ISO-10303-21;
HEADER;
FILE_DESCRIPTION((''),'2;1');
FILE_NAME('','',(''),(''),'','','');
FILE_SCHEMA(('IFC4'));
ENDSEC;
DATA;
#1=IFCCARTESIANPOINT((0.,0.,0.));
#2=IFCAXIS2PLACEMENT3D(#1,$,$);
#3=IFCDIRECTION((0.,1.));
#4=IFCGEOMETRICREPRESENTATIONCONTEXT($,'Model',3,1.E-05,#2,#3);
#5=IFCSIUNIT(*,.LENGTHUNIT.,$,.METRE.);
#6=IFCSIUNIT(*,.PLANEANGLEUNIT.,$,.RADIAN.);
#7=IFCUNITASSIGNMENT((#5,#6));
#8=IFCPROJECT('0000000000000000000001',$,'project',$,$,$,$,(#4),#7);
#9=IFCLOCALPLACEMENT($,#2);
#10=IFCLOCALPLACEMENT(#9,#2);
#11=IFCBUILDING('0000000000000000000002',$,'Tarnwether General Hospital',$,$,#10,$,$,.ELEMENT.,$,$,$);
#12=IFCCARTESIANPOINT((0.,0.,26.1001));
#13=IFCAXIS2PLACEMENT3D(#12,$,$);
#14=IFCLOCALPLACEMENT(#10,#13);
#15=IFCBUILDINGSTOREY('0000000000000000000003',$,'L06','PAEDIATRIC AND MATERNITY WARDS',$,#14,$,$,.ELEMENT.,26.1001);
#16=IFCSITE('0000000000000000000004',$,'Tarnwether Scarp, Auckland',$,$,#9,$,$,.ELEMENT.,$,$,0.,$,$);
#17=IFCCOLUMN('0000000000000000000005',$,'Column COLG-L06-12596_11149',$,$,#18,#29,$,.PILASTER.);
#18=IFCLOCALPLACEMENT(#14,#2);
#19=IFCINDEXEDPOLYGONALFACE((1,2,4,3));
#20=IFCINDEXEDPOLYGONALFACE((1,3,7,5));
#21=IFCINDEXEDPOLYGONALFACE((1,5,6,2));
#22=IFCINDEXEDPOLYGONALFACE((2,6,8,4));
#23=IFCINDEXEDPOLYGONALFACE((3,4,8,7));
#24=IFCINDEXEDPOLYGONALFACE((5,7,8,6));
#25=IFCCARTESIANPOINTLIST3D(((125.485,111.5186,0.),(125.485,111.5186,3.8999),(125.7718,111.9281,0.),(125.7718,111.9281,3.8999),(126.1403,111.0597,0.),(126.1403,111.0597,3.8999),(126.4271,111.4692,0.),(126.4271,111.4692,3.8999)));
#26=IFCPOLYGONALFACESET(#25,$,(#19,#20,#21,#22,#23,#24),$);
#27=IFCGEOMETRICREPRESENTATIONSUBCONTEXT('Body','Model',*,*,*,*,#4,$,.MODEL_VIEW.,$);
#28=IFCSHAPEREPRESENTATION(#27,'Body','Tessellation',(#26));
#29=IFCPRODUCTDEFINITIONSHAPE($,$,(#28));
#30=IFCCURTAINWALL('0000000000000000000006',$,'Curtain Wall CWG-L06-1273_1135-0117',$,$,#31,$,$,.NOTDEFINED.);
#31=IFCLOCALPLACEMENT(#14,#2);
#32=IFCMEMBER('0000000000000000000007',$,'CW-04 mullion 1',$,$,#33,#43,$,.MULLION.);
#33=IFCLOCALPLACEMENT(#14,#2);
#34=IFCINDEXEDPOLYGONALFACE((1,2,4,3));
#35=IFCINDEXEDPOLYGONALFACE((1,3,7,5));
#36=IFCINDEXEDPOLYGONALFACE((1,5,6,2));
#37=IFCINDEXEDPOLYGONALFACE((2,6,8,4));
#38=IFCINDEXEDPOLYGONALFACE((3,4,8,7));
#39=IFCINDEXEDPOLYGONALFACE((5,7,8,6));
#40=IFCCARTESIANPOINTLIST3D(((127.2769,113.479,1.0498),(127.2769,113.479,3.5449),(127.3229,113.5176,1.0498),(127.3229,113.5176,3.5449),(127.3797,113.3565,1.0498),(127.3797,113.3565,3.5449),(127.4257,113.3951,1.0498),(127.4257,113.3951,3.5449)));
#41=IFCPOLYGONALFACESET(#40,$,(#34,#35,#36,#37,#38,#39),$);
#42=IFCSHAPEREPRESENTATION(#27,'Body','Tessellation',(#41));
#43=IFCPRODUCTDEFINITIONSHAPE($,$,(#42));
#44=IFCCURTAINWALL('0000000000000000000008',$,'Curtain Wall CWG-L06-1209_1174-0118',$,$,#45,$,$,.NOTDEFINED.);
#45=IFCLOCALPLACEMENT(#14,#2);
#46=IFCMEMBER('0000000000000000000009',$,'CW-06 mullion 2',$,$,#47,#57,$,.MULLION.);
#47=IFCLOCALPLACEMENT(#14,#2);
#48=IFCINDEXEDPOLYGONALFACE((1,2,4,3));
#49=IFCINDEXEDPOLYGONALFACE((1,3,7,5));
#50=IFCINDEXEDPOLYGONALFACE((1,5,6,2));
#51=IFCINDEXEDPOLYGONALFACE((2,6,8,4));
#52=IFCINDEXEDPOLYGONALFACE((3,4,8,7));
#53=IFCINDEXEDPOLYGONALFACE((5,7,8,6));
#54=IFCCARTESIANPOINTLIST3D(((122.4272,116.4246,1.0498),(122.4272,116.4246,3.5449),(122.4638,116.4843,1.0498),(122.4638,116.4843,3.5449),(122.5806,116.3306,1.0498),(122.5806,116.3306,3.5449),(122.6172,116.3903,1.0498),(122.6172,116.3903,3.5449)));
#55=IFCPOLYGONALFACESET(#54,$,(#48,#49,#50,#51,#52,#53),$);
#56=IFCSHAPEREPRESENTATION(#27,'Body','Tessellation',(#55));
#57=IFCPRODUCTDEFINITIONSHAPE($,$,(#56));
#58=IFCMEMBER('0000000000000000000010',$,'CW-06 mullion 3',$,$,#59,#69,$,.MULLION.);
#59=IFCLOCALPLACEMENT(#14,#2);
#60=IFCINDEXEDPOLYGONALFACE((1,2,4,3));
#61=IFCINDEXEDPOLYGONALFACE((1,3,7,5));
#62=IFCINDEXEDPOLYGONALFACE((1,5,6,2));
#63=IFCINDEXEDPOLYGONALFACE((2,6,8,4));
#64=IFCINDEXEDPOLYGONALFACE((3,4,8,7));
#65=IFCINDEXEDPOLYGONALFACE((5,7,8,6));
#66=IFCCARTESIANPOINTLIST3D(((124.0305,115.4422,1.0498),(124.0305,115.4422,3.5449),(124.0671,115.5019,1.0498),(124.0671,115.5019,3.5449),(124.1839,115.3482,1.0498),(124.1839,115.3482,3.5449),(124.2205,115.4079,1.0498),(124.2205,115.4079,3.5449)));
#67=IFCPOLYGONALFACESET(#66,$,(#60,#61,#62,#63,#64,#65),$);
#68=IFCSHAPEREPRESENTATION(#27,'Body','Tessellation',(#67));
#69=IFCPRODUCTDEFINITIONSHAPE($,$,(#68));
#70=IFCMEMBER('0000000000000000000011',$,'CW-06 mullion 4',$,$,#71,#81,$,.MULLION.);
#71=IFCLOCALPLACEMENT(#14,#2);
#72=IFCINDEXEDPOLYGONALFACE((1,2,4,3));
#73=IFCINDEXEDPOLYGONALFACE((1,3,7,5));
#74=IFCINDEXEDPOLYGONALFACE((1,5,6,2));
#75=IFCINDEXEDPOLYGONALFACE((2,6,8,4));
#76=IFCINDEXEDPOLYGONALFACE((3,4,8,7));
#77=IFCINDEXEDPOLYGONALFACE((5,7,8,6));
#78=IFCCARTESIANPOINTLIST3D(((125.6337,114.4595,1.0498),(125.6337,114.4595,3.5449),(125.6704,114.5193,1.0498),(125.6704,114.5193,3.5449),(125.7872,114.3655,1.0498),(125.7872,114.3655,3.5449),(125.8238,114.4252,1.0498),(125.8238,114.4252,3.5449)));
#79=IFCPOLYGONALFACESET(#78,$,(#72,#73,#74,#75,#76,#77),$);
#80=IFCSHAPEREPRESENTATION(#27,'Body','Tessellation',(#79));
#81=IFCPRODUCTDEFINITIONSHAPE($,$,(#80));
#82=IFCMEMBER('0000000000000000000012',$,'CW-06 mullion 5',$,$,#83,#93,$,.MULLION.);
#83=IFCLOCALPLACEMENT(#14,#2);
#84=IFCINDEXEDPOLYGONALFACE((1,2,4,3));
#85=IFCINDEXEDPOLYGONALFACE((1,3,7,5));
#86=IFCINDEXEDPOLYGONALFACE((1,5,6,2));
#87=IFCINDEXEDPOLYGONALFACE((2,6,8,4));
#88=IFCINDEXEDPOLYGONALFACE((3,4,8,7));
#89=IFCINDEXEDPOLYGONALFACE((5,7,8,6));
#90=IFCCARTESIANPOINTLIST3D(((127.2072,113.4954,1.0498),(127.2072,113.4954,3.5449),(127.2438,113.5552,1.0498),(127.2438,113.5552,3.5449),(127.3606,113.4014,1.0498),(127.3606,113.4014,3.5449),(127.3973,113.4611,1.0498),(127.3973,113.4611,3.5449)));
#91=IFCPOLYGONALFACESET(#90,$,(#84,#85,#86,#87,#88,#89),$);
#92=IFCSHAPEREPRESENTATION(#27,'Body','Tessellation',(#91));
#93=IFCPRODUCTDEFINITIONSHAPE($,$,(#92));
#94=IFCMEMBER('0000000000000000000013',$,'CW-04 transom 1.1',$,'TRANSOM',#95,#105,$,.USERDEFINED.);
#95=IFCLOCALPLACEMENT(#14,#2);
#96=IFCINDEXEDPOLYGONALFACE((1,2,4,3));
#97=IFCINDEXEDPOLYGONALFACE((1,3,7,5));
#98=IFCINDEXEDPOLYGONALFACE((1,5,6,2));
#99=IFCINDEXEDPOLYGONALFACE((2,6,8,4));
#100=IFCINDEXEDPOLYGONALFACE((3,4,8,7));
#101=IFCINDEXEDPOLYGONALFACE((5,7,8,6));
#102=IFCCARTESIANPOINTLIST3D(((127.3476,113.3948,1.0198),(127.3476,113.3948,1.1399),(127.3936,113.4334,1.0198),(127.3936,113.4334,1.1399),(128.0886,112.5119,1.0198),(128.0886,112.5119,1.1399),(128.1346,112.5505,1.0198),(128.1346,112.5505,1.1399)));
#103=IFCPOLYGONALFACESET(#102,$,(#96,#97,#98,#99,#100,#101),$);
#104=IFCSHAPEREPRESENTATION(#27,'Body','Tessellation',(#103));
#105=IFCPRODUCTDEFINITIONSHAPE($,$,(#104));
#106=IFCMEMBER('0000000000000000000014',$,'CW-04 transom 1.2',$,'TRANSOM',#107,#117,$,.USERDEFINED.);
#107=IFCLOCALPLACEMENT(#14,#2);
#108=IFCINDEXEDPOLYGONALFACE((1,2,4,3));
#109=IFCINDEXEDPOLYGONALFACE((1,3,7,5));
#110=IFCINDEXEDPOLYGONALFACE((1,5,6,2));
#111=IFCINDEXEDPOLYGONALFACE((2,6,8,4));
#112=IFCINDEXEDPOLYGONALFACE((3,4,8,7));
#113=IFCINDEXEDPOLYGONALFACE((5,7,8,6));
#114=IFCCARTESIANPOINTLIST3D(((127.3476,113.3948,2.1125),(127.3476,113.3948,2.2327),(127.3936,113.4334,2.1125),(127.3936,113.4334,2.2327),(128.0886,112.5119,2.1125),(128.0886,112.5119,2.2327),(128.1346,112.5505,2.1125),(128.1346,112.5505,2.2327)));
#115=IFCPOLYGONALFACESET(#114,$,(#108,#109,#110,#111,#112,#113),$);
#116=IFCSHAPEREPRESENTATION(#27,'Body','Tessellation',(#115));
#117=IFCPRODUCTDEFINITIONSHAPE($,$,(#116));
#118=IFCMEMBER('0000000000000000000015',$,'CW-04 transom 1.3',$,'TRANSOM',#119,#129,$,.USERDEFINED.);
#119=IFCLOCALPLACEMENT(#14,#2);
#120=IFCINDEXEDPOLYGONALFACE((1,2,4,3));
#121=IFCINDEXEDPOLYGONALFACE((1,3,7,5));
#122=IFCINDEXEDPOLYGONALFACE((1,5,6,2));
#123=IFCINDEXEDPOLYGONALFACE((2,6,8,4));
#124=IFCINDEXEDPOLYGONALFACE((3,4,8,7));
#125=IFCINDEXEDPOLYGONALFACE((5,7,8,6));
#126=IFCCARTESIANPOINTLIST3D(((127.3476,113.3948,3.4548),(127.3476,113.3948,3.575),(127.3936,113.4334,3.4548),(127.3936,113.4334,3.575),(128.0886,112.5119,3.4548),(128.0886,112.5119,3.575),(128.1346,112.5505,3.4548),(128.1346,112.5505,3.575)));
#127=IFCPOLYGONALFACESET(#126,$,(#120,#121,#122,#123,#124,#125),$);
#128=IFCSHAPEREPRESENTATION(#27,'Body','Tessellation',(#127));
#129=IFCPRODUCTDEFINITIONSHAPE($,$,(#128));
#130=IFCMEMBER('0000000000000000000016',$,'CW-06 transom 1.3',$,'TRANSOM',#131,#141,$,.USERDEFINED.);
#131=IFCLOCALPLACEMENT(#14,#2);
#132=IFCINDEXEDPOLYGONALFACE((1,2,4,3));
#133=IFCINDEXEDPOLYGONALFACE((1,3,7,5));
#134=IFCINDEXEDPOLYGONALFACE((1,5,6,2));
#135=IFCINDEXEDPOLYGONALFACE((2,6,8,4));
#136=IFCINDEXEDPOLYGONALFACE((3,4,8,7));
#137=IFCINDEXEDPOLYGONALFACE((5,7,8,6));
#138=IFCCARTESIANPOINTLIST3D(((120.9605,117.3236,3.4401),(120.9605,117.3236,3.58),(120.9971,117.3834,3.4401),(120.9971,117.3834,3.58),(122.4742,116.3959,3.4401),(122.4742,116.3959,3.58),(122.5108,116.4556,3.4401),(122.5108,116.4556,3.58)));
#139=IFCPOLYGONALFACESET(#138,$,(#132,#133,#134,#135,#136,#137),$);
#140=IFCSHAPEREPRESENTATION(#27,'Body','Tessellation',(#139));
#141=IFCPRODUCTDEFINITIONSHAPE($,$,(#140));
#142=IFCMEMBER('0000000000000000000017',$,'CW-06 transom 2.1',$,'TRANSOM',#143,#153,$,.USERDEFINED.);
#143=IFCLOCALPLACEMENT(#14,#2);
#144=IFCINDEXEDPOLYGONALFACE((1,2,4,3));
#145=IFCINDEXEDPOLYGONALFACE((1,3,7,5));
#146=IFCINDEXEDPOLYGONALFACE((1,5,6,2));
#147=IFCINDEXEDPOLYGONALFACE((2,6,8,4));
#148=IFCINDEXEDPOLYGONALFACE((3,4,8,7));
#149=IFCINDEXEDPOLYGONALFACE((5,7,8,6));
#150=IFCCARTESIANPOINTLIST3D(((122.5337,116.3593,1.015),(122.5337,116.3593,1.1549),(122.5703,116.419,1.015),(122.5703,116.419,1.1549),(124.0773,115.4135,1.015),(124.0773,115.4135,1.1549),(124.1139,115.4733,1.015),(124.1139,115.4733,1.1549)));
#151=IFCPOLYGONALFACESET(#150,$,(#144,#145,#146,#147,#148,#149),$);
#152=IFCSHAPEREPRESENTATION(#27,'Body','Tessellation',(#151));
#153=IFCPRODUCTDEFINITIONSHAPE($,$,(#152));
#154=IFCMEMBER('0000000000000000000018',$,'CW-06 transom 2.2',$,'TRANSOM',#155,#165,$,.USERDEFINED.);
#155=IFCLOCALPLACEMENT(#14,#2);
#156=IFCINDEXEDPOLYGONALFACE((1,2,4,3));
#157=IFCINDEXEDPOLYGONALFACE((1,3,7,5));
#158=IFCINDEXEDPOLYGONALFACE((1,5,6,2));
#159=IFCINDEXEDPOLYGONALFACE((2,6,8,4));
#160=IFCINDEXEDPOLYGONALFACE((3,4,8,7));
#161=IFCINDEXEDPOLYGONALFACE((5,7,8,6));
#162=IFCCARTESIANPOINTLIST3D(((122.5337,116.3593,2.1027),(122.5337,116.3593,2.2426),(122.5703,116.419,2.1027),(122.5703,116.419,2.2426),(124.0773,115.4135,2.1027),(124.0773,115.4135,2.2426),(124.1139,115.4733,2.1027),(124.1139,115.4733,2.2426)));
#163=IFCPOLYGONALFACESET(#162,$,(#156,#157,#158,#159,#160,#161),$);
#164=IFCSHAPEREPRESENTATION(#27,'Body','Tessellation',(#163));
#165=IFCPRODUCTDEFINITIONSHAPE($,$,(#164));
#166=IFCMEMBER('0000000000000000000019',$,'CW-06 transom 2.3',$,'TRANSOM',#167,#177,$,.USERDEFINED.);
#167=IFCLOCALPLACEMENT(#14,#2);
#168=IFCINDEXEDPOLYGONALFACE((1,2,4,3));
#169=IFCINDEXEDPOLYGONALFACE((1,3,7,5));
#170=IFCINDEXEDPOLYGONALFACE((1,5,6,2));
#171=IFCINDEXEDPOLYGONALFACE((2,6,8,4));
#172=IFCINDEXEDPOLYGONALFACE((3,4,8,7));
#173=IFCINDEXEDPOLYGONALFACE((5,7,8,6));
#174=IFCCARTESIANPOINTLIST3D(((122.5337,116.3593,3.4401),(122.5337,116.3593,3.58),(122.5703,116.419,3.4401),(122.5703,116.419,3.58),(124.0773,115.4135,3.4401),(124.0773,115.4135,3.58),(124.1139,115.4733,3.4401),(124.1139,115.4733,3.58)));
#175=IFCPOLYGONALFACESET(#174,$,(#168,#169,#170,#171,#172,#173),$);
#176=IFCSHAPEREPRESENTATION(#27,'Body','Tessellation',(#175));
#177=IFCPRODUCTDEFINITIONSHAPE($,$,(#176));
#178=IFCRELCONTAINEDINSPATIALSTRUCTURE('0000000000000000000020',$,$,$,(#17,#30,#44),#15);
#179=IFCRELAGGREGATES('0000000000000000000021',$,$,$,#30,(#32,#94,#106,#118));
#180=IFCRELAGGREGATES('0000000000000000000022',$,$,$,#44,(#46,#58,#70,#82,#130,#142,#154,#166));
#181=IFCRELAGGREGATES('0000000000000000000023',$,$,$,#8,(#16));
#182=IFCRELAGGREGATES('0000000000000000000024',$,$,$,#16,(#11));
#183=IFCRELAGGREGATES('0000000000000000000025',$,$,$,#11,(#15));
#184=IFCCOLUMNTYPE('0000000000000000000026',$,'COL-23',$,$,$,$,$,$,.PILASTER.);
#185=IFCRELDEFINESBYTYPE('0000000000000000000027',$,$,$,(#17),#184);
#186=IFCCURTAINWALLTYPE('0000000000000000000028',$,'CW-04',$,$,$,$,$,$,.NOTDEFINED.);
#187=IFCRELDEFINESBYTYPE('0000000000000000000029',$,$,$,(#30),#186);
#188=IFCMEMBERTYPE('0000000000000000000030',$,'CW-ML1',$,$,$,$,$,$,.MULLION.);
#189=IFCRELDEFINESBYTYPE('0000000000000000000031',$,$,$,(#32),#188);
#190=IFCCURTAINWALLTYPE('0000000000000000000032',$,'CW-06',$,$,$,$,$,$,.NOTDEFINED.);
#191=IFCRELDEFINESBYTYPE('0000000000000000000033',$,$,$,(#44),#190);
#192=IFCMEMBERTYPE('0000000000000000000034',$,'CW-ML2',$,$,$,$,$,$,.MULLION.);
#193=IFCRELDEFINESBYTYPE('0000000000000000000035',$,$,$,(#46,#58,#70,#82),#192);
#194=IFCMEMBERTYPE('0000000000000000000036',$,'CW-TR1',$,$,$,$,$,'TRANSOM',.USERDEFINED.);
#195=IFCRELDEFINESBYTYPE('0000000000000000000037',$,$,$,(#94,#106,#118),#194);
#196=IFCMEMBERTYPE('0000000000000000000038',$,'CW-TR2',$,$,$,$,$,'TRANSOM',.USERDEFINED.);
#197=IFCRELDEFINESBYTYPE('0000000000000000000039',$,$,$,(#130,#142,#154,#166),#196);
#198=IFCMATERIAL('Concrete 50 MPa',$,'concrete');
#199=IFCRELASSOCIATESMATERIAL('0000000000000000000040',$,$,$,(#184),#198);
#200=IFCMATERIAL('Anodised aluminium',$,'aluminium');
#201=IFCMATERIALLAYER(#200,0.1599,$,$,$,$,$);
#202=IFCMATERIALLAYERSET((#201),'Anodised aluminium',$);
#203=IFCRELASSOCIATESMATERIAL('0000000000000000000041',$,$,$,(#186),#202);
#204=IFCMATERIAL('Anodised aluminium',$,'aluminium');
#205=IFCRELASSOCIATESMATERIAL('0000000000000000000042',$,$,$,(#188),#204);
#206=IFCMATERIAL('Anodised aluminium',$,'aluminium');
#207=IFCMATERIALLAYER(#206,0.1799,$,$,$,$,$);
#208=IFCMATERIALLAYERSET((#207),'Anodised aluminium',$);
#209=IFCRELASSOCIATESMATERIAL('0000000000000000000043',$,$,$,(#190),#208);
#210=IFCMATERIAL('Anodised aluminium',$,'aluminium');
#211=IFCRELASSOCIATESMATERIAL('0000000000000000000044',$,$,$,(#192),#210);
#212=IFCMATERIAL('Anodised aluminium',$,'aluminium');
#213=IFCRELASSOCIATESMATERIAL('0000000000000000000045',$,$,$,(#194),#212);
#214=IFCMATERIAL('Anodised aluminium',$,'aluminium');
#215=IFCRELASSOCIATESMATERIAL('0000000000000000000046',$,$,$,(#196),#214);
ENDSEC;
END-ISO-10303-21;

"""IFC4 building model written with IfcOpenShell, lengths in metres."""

from ifc_helpers import new_model, si_unit, direction, frame, origin, origin_2d, place, context, subcontext, project, spatial, rectangle, extrude, material, layer, layer_set, material_profile, profile_set, type_object, element, aggregate, save


model = new_model("IFC4")

# Units and contexts
model_context = context("Model", 3, precision=1e-05, world=origin(), true_north=direction((0.0, 1.0)))
body_context = subcontext(model_context, "Body", "Model", "MODEL_VIEW")
ifc_project = project(units=[si_unit("LENGTHUNIT", "METRE"), si_unit("PLANEANGLEUNIT", "RADIAN")], contexts=[model_context])

# Site, building, storey
site_placement = place(None, origin())
site = spatial("IfcSite", under=ifc_project, at=site_placement, Name="Tarnwether Scarp, Auckland", CompositionType="ELEMENT", RefElevation=0.0)
building_placement = place(site_placement, origin())
building = spatial("IfcBuilding", under=site, at=building_placement, Name="Tarnwether General Hospital", CompositionType="ELEMENT")
storey_placement = place(building_placement, frame((0.0, 0.0, 26.1001)))
storey = spatial("IfcBuildingStorey", under=building, at=storey_placement, Name="L06", Description="PAEDIATRIC AND MATERNITY WARDS", CompositionType="ELEMENT", Elevation=26.1001)

# Column
ifc_material_1 = material(Name="Concrete 50 MPa", Category="concrete")
ifc_material_profile_1 = material_profile(ifc_material_1, rectangle(XDim=0.5, YDim=0.8, at=origin_2d()), Name="RC-PIL-500x800")
ifc_profile_set_1 = profile_set([ifc_material_profile_1], Name="Concrete 50 MPa")
column_type = type_object("IfcColumnType", Name="COL-23", PredefinedType="PILASTER", material=ifc_profile_set_1)
column_placement = place(storey_placement, frame((125.9561, 111.4939, 0.0), z_axis=(0.0, 0.0, 1.0), x_axis=(0.573576, 0.819152, 0.0)))
element("IfcColumn", 1, at=column_placement, inside=storey, type_object=column_type, Name="Column COLG-L06-12596_11149", PredefinedType="PILASTER", context=body_context, shape_type="SweptSolid", body=[
    extrude(rectangle(XDim=0.5, YDim=0.8, at=origin_2d()), origin(), (0.0, 0.0, 1.0), 3.8999),
])

# Curtain wall, member
ifc_material_2 = material(Name="Anodised aluminium", Category="aluminium")
ifc_layer_1 = layer(ifc_material_2, 0.1599)
ifc_layer_set_1 = layer_set([ifc_layer_1], Name="Anodised aluminium")
curtain_wall_type_1 = type_object("IfcCurtainWallType", Name="CW-04", PredefinedType="NOTDEFINED", material=ifc_layer_set_1)
curtain_wall_1_placement = place(storey_placement, origin())
curtain_wall_1 = element("IfcCurtainWall", 2, at=curtain_wall_1_placement, inside=storey, type_object=curtain_wall_type_1, Name="Curtain Wall CWG-L06-1273_1135-0117", PredefinedType="NOTDEFINED")
ifc_material_3 = material(Name="Anodised aluminium", Category="aluminium")
ifc_material_profile_2 = material_profile(ifc_material_3, rectangle(XDim=0.0601, YDim=0.1599, at=origin_2d()), Name="ALU-MUL-60x160")
ifc_profile_set_2 = profile_set([ifc_material_profile_2], Name="Anodised aluminium")
member_type_1 = type_object("IfcMemberType", Name="CW-ML1", PredefinedType="MULLION", material=ifc_profile_set_2)
member_1_placement = place(storey_placement, frame((127.3513, 113.437, 1.0498), z_axis=(0.0, 0.0, 1.0), x_axis=(0.76599, 0.642852, 0.0)))
member_1 = element("IfcMember", 3, at=member_1_placement, type_object=member_type_1, Name="CW-04 mullion 1", PredefinedType="MULLION", context=body_context, shape_type="SweptSolid", body=[
    extrude(rectangle(XDim=0.0601, YDim=0.1599, at=origin_2d()), origin(), (0.0, 0.0, 1.0), 2.4951),
])

# Curtain wall, members
ifc_material_4 = material(Name="Anodised aluminium", Category="aluminium")
ifc_layer_2 = layer(ifc_material_4, 0.1799)
ifc_layer_set_2 = layer_set([ifc_layer_2], Name="Anodised aluminium")
curtain_wall_type_2 = type_object("IfcCurtainWallType", Name="CW-06", PredefinedType="NOTDEFINED", material=ifc_layer_set_2)
curtain_wall_2_placement = place(storey_placement, origin())
curtain_wall_2 = element("IfcCurtainWall", 4, at=curtain_wall_2_placement, inside=storey, type_object=curtain_wall_type_2, Name="Curtain Wall CWG-L06-1209_1174-0118", PredefinedType="NOTDEFINED")
ifc_material_5 = material(Name="Anodised aluminium", Category="aluminium")
ifc_material_profile_3 = material_profile(ifc_material_5, rectangle(XDim=0.0701, YDim=0.1799, at=origin_2d()), Name="ALU-MUL-70x180")
ifc_profile_set_3 = profile_set([ifc_material_profile_3], Name="Anodised aluminium")
member_type_2 = type_object("IfcMemberType", Name="CW-ML2", PredefinedType="MULLION", material=ifc_profile_set_3)
member_2_placement = place(storey_placement, frame((122.5222, 116.4075, 1.0498), z_axis=(0.0, 0.0, 1.0), x_axis=(0.522509, 0.852634, 0.0)))
member_2 = element("IfcMember", 5, at=member_2_placement, type_object=member_type_2, Name="CW-06 mullion 2", PredefinedType="MULLION", context=body_context, shape_type="SweptSolid", body=[
    extrude(rectangle(XDim=0.0701, YDim=0.1799, at=origin_2d()), origin(), (0.0, 0.0, 1.0), 2.4951),
])
member_3_placement = place(storey_placement, frame((124.1255, 115.425, 1.0498), z_axis=(0.0, 0.0, 1.0), x_axis=(0.522509, 0.852634, 0.0)))
member_3 = element("IfcMember", 6, at=member_3_placement, type_object=member_type_2, Name="CW-06 mullion 3", PredefinedType="MULLION", context=body_context, shape_type="SweptSolid", body=[
    extrude(rectangle(XDim=0.0701, YDim=0.1799, at=origin_2d()), origin(), (0.0, 0.0, 1.0), 2.4951),
])
member_4_placement = place(storey_placement, frame((125.7288, 114.4424, 1.0498), z_axis=(0.0, 0.0, 1.0), x_axis=(0.522509, 0.852634, 0.0)))
member_4 = element("IfcMember", 7, at=member_4_placement, type_object=member_type_2, Name="CW-06 mullion 4", PredefinedType="MULLION", context=body_context, shape_type="SweptSolid", body=[
    extrude(rectangle(XDim=0.0701, YDim=0.1799, at=origin_2d()), origin(), (0.0, 0.0, 1.0), 2.4951),
])
member_5_placement = place(storey_placement, frame((127.3022, 113.4783, 1.0498), z_axis=(0.0, 0.0, 1.0), x_axis=(0.522509, 0.852634, 0.0)))
member_5 = element("IfcMember", 8, at=member_5_placement, type_object=member_type_2, Name="CW-06 mullion 5", PredefinedType="MULLION", context=body_context, shape_type="SweptSolid", body=[
    extrude(rectangle(XDim=0.0701, YDim=0.1799, at=origin_2d()), origin(), (0.0, 0.0, 1.0), 2.4951),
])

# Members
ifc_material_6 = material(Name="Anodised aluminium", Category="aluminium")
ifc_material_profile_4 = material_profile(ifc_material_6, rectangle(XDim=0.0601, YDim=0.1201, at=origin_2d()), Name="ALU-TRN-60x120")
ifc_profile_set_4 = profile_set([ifc_material_profile_4], Name="Anodised aluminium")
member_type_3 = type_object("IfcMemberType", Name="CW-TR1", ElementType="TRANSOM", PredefinedType="USERDEFINED", material=ifc_profile_set_4)
member_6_placement = place(storey_placement, frame((127.3706, 113.4141, 1.0798), z_axis=(0.642889, -0.765959, 0.0), x_axis=(0.765959, 0.642889, 0.0)))
member_6 = element("IfcMember", 9, at=member_6_placement, type_object=member_type_3, Name="CW-04 transom 1.1", ObjectType="TRANSOM", PredefinedType="USERDEFINED", context=body_context, shape_type="SweptSolid", body=[
    extrude(rectangle(XDim=0.0601, YDim=0.1201, at=origin_2d()), origin(), (0.0, 0.0, 1.0), 1.1526),
])
member_7_placement = place(storey_placement, frame((127.3706, 113.4141, 2.1726), z_axis=(0.642889, -0.765959, 0.0), x_axis=(0.765959, 0.642889, 0.0)))
member_7 = element("IfcMember", 10, at=member_7_placement, type_object=member_type_3, Name="CW-04 transom 1.2", ObjectType="TRANSOM", PredefinedType="USERDEFINED", context=body_context, shape_type="SweptSolid", body=[
    extrude(rectangle(XDim=0.0601, YDim=0.1201, at=origin_2d()), origin(), (0.0, 0.0, 1.0), 1.1526),
])
member_8_placement = place(storey_placement, frame((127.3706, 113.4141, 3.5149), z_axis=(0.642889, -0.765959, 0.0), x_axis=(0.765959, 0.642889, 0.0)))
member_8 = element("IfcMember", 11, at=member_8_placement, type_object=member_type_3, Name="CW-04 transom 1.3", ObjectType="TRANSOM", PredefinedType="USERDEFINED", context=body_context, shape_type="SweptSolid", body=[
    extrude(rectangle(XDim=0.0601, YDim=0.1201, at=origin_2d()), origin(), (0.0, 0.0, 1.0), 1.1526),
])
ifc_material_7 = material(Name="Anodised aluminium", Category="aluminium")
ifc_material_profile_5 = material_profile(ifc_material_7, rectangle(XDim=0.0701, YDim=0.1399, at=origin_2d()), Name="ALU-TRN-70x140")
ifc_profile_set_5 = profile_set([ifc_material_profile_5], Name="Anodised aluminium")
member_type_4 = type_object("IfcMemberType", Name="CW-TR2", ElementType="TRANSOM", PredefinedType="USERDEFINED", material=ifc_profile_set_5)
member_9_placement = place(storey_placement, frame((120.9788, 117.3535, 3.51), z_axis=(0.852601, -0.522562, 0.0), x_axis=(0.522562, 0.852601, 0.0)))
member_9 = element("IfcMember", 12, at=member_9_placement, type_object=member_type_4, Name="CW-06 transom 1.3", ObjectType="TRANSOM", PredefinedType="USERDEFINED", context=body_context, shape_type="SweptSolid", body=[
    extrude(rectangle(XDim=0.0701, YDim=0.1399, at=origin_2d()), origin(), (0.0, 0.0, 1.0), 1.7754),
])
member_10_placement = place(storey_placement, frame((122.552, 116.3892, 1.085), z_axis=(0.852685, -0.522426, 0.0), x_axis=(0.522426, 0.852685, 0.0)))
member_10 = element("IfcMember", 13, at=member_10_placement, type_object=member_type_4, Name="CW-06 transom 2.1", ObjectType="TRANSOM", PredefinedType="USERDEFINED", context=body_context, shape_type="SweptSolid", body=[
    extrude(rectangle(XDim=0.0701, YDim=0.1399, at=origin_2d()), origin(), (0.0, 0.0, 1.0), 1.8103),
])
member_11_placement = place(storey_placement, frame((122.552, 116.3892, 2.1726), z_axis=(0.852685, -0.522426, 0.0), x_axis=(0.522426, 0.852685, 0.0)))
member_11 = element("IfcMember", 14, at=member_11_placement, type_object=member_type_4, Name="CW-06 transom 2.2", ObjectType="TRANSOM", PredefinedType="USERDEFINED", context=body_context, shape_type="SweptSolid", body=[
    extrude(rectangle(XDim=0.0701, YDim=0.1399, at=origin_2d()), origin(), (0.0, 0.0, 1.0), 1.8103),
])
member_12_placement = place(storey_placement, frame((122.552, 116.3892, 3.51), z_axis=(0.852685, -0.522426, 0.0), x_axis=(0.522426, 0.852685, 0.0)))
member_12 = element("IfcMember", 15, at=member_12_placement, type_object=member_type_4, Name="CW-06 transom 2.3", ObjectType="TRANSOM", PredefinedType="USERDEFINED", context=body_context, shape_type="SweptSolid", body=[
    extrude(rectangle(XDim=0.0701, YDim=0.1399, at=origin_2d()), origin(), (0.0, 0.0, 1.0), 1.8103),
])

aggregate(curtain_wall_1, [member_1, member_6, member_7, member_8])
aggregate(curtain_wall_2, [member_2, member_3, member_4, member_5, member_9, member_10, member_11, member_12])

save(model, "model.ifc")
